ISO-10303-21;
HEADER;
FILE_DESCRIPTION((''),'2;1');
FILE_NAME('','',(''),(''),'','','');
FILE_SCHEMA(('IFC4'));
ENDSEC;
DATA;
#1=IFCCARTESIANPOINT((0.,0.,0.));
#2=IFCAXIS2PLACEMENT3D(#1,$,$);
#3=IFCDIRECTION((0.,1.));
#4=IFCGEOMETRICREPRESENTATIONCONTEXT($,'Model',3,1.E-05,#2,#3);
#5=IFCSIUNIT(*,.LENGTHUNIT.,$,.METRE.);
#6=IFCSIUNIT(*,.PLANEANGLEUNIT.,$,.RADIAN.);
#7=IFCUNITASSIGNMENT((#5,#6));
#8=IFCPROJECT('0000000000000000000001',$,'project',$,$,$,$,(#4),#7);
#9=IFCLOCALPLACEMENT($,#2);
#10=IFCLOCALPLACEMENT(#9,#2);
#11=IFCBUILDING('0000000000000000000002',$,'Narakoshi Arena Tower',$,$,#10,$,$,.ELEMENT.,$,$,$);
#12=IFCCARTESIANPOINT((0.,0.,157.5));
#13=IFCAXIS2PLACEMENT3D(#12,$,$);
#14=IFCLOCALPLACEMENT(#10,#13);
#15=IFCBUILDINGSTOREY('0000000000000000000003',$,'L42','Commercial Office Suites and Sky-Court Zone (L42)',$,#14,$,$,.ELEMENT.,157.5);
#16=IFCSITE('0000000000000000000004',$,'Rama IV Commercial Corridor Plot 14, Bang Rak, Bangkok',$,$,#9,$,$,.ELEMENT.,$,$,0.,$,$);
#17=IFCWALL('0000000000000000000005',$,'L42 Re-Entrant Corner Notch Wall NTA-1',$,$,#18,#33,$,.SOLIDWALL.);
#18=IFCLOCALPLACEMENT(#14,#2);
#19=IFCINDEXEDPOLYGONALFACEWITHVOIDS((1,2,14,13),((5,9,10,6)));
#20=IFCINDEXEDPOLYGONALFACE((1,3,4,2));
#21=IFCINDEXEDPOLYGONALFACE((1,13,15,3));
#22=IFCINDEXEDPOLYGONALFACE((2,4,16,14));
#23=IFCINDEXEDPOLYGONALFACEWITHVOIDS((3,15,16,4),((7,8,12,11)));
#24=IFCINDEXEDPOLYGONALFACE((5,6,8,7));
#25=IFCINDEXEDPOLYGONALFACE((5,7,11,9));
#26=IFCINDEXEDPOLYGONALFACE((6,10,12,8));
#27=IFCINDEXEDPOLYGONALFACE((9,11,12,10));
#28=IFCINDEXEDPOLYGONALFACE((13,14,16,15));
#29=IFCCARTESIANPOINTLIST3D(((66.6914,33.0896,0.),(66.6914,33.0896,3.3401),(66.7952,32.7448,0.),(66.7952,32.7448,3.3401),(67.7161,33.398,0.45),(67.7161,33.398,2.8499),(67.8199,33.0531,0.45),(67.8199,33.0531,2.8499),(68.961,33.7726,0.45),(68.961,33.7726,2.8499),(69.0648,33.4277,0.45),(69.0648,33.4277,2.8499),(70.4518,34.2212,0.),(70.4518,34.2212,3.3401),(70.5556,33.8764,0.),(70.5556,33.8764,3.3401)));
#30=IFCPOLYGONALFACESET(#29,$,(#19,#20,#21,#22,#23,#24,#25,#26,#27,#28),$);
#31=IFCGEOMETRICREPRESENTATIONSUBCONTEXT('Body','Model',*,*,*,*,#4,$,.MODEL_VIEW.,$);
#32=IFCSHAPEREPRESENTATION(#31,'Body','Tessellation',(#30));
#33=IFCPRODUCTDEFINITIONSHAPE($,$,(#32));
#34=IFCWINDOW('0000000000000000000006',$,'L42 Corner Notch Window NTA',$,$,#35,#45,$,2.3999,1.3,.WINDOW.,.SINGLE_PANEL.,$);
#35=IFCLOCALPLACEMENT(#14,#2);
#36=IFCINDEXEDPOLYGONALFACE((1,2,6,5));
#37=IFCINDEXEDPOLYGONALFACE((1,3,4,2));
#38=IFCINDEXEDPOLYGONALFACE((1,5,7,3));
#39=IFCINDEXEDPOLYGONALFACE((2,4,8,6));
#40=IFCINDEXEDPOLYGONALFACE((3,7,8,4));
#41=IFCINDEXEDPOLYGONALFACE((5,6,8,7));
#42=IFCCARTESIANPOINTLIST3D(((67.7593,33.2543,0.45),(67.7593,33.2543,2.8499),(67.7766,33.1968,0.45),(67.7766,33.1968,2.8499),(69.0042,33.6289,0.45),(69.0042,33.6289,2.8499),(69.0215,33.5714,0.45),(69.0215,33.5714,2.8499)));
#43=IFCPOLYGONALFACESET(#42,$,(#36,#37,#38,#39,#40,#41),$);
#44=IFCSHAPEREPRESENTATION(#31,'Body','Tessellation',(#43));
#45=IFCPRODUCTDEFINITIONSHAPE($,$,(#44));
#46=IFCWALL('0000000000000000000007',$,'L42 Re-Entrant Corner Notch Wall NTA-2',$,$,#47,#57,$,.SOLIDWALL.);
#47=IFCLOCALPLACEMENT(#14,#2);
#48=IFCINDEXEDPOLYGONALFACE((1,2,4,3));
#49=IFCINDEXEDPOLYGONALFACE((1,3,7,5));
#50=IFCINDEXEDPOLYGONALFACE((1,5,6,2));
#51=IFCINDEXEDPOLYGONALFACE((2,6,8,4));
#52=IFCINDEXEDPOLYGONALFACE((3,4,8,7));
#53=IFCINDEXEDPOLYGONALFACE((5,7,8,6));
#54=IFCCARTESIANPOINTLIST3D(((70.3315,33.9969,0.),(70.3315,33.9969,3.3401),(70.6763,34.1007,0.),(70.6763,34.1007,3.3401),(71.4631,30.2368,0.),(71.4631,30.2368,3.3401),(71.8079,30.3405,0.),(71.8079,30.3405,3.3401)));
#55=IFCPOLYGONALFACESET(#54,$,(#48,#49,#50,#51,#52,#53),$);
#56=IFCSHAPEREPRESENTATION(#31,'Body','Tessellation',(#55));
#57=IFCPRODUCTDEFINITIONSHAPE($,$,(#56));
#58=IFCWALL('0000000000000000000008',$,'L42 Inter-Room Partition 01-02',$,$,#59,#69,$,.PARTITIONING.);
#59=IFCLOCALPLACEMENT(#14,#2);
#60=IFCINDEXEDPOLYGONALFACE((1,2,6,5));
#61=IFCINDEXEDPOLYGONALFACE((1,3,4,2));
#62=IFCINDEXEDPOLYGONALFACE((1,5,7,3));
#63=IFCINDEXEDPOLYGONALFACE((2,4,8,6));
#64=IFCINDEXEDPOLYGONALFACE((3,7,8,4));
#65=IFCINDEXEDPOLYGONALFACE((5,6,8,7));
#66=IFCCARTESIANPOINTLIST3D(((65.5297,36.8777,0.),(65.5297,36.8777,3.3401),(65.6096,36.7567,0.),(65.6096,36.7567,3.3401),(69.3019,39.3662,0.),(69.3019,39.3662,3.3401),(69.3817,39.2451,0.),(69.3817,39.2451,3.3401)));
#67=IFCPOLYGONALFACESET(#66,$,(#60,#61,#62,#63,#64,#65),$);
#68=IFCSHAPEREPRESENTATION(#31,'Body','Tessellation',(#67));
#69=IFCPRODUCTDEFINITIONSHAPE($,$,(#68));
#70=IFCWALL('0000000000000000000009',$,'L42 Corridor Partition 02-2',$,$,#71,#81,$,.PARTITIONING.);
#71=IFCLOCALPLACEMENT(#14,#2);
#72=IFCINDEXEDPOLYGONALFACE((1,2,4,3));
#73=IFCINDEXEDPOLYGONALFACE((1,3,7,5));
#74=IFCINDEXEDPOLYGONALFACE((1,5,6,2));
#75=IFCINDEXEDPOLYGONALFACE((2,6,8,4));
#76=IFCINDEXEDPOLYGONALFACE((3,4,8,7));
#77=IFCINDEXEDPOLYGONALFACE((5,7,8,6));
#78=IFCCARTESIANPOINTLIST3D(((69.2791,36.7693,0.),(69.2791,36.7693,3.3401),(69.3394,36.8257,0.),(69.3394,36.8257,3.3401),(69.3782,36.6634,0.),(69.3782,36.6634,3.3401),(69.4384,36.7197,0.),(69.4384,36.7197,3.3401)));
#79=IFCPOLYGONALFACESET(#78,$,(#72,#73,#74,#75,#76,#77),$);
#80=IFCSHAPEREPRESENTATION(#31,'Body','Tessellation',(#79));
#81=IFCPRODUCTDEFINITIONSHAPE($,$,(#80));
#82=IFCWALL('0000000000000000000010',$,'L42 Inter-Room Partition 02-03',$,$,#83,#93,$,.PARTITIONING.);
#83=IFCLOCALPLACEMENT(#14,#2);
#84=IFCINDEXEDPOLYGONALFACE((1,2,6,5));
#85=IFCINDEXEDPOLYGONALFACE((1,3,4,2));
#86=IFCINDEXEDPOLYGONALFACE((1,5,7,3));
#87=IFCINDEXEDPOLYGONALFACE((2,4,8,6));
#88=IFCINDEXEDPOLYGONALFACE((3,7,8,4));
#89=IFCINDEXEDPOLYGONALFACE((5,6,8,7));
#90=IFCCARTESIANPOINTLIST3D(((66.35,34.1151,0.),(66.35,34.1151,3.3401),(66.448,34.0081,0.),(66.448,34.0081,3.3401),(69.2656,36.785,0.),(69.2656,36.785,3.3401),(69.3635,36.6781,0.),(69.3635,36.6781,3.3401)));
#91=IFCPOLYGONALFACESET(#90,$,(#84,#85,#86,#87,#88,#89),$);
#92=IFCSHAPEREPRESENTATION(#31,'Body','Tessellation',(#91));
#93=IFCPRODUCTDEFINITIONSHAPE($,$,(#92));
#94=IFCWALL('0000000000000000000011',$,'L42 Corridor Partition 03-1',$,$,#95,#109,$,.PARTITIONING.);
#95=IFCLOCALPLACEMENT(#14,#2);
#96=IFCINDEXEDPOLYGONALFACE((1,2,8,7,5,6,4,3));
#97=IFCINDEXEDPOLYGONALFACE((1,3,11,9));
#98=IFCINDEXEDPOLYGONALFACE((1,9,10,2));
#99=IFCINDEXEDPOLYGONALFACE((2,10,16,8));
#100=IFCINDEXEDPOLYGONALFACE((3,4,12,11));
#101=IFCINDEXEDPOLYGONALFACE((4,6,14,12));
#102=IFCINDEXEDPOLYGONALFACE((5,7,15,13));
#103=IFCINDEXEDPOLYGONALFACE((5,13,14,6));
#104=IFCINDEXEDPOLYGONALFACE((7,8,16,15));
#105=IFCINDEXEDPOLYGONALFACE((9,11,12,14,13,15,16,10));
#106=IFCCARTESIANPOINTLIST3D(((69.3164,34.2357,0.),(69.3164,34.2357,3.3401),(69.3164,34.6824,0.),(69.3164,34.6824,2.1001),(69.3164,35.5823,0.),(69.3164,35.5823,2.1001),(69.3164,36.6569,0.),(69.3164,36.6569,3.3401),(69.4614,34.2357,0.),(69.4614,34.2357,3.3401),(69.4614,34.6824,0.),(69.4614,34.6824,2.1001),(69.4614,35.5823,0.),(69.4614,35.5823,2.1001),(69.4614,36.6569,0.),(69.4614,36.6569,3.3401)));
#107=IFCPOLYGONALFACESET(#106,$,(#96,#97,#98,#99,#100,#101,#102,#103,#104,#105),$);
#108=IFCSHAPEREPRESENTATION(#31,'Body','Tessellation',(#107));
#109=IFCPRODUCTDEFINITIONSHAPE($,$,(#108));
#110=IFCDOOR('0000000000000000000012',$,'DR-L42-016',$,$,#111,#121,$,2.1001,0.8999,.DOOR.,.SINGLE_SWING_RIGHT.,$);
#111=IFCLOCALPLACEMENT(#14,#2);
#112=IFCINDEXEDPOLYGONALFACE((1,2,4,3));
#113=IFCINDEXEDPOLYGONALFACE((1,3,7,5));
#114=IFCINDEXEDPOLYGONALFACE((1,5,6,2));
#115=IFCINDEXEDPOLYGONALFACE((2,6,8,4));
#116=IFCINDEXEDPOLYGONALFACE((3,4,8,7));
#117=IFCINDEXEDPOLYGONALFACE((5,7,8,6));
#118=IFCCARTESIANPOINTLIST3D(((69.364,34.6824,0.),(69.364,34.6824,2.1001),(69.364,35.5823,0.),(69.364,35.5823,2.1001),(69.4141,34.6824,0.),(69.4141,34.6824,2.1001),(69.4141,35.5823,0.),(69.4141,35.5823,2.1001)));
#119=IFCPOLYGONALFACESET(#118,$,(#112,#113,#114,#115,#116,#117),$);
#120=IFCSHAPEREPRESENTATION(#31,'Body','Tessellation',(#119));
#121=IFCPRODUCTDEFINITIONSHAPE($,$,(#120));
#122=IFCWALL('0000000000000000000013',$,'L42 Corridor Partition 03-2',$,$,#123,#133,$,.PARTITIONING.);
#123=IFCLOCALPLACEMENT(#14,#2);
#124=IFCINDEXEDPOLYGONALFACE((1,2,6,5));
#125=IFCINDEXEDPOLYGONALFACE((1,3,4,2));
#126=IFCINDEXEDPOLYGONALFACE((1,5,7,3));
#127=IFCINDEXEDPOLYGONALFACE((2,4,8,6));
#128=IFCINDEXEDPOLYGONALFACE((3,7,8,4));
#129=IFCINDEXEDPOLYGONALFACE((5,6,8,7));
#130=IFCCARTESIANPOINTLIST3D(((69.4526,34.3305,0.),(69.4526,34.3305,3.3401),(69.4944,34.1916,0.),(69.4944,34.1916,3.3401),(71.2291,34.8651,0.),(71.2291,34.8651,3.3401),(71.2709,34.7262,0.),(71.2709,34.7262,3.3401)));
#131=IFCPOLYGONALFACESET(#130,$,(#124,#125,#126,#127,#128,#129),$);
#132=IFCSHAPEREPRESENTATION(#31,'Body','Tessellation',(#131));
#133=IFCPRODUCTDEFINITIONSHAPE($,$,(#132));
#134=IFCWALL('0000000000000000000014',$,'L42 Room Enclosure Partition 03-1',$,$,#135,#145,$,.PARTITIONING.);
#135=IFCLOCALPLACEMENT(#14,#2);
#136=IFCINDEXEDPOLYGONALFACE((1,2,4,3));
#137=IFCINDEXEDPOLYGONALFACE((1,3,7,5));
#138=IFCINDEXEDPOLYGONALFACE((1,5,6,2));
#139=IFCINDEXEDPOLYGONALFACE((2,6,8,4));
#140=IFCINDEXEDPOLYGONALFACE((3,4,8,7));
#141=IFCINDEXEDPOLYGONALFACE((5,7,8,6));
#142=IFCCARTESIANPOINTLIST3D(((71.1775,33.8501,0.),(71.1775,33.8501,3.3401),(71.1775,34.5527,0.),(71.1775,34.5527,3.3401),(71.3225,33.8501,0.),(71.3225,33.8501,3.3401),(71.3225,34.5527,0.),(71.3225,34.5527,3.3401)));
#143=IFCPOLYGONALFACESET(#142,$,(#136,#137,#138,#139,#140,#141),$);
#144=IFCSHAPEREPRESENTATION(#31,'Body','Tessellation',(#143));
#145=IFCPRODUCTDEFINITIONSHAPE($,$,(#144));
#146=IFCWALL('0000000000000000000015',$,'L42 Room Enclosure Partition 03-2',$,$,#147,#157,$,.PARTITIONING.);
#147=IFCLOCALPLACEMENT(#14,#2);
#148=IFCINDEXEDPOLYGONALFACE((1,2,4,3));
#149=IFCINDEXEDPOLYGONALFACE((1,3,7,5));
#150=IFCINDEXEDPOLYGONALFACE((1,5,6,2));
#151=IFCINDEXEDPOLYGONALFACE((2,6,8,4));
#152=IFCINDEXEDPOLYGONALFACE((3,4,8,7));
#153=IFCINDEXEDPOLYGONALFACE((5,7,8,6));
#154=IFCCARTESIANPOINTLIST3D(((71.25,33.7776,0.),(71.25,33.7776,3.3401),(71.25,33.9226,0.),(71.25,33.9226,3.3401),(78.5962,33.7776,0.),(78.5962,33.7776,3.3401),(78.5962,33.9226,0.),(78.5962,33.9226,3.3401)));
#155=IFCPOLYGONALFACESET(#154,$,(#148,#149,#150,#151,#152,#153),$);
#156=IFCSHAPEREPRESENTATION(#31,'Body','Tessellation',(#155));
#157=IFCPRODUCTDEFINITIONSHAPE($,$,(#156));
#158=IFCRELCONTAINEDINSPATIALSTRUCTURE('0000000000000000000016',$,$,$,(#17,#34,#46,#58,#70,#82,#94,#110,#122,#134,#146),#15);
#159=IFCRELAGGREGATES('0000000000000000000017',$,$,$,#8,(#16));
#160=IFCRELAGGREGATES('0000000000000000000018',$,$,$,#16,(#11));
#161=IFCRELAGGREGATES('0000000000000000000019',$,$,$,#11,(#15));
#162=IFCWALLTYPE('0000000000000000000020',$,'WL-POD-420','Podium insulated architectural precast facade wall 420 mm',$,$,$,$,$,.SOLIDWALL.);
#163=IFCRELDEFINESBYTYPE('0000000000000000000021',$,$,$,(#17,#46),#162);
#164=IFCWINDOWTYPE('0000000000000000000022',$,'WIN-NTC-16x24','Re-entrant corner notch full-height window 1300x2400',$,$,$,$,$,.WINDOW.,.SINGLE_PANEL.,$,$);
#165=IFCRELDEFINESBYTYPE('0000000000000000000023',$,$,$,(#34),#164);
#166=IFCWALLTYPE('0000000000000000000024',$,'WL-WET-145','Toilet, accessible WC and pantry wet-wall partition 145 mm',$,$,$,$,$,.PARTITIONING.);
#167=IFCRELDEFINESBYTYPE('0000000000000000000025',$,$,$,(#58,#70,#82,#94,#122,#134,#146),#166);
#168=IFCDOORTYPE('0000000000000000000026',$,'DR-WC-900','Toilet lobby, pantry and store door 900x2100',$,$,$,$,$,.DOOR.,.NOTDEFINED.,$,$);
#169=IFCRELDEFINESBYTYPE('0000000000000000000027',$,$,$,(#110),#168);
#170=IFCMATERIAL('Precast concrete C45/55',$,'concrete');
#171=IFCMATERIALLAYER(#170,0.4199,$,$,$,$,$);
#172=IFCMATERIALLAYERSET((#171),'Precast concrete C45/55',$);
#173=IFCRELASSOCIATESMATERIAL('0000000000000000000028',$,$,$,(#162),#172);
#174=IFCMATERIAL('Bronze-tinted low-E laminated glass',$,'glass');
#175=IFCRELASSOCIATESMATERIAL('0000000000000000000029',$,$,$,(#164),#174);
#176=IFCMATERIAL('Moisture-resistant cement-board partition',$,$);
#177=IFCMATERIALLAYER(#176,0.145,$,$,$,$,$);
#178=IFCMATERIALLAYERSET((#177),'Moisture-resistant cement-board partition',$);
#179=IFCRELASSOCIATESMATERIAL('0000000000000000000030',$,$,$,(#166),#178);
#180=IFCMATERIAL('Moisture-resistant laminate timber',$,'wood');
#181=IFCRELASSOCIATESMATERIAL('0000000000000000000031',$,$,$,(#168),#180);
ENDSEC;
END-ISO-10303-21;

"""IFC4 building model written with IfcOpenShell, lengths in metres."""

from ifc_helpers import new_model, si_unit, direction, frame, frame_2d, origin, place, context, subcontext, project, spatial, rectangle, extrude, material, layer, layer_set, type_object, element, fill, save


model = new_model("IFC4")

# Units and contexts
model_context = context("Model", 3, precision=1e-05, world=origin(), true_north=direction((0.0, 1.0)))
body_context = subcontext(model_context, "Body", "Model", "MODEL_VIEW")
ifc_project = project(units=[si_unit("LENGTHUNIT", "METRE"), si_unit("PLANEANGLEUNIT", "RADIAN")], contexts=[model_context])

# Site, building, storey
site_placement = place(None, origin())
site = spatial("IfcSite", under=ifc_project, at=site_placement, Name="Rama IV Commercial Corridor Plot 14, Bang Rak, Bangkok", CompositionType="ELEMENT", RefElevation=0.0)
building_placement = place(site_placement, origin())
building = spatial("IfcBuilding", under=site, at=building_placement, Name="Narakoshi Arena Tower", CompositionType="ELEMENT")
storey_placement = place(building_placement, frame((0.0, 0.0, 157.5)))
storey = spatial("IfcBuildingStorey", under=building, at=storey_placement, Name="L42", Description="Commercial Office Suites and Sky-Court Zone (L42)", CompositionType="ELEMENT", Elevation=157.5)

# Wall, opening, window
ifc_material_1 = material(Name="Precast concrete C45/55", Category="concrete")
ifc_layer_1 = layer(ifc_material_1, 0.4199)
ifc_layer_set_1 = layer_set([ifc_layer_1], Name="Precast concrete C45/55")
wall_type_1 = type_object("IfcWallType", Name="WL-POD-420", Description="Podium insulated architectural precast facade wall 420 mm", PredefinedType="SOLIDWALL", material=ifc_layer_set_1)
ifc_material_2 = material(Name="Bronze-tinted low-E laminated glass", Category="glass")
wall_1_placement = place(storey_placement, frame((66.7434, 32.9172, 0.0), z_axis=(0.0, 0.0, 1.0), x_axis=(0.957585, 0.288152, 0.0)))
wall_1 = element("IfcWall", 1, at=wall_1_placement, inside=storey, type_object=wall_type_1, Name="L42 Re-Entrant Corner Notch Wall NTA-1", PredefinedType="SOLIDWALL", context=body_context, shape_type="SweptSolid", body=[
    extrude(rectangle(XDim=3.927, YDim=0.3601, at=frame_2d((1.9634, 0.0))), origin(), (0.0, 0.0, 1.0), 3.3401),
])
opening_1_placement = place(wall_1_placement, frame((1.0701, 0.0, 0.45)))
opening_1 = element("IfcOpeningElement", 2, at=opening_1_placement, cuts=wall_1, PredefinedType="OPENING", context=body_context, shape_type="SweptSolid", body=[
    extrude(rectangle(XDim=1.3, YDim=2.3999, at=frame_2d((0.6499, 1.2))), frame((0.0, 0.1899, 0.0), z_axis=(0.0, -1.0, 0.0), x_axis=(1.0, 0.0, 0.0)), (0.0, 0.0, 1.0), 0.3801),
])
window_type_1 = type_object("IfcWindowType", Name="WIN-NTC-16x24", Description="Re-entrant corner notch full-height window 1300x2400", PartitioningType="SINGLE_PANEL", PredefinedType="WINDOW", material=ifc_material_2)
window_1_placement = place(opening_1_placement, origin())
window_1 = element("IfcWindow", 3, at=window_1_placement, inside=storey, type_object=window_type_1, Name="L42 Corner Notch Window NTA", OverallHeight=2.3999, OverallWidth=1.3, PartitioningType="SINGLE_PANEL", PredefinedType="WINDOW", context=body_context, shape_type="SweptSolid", body=[
    extrude(rectangle(XDim=1.3, YDim=2.3999, at=frame_2d((0.6499, 1.2))), frame((0.0, 0.03, 0.0), z_axis=(0.0, -1.0, 0.0), x_axis=(1.0, 0.0, 0.0)), (0.0, 0.0, 1.0), 0.0601),
])
fill(opening_1, window_1)

# Walls
wall_2_placement = place(storey_placement, frame((70.5039, 34.0488, 0.0), z_axis=(0.0, 0.0, 1.0), x_axis=(0.288169, -0.95758, 0.0)))
element("IfcWall", 4, at=wall_2_placement, inside=storey, type_object=wall_type_1, Name="L42 Re-Entrant Corner Notch Wall NTA-2", PredefinedType="SOLIDWALL", context=body_context, shape_type="SweptSolid", body=[
    extrude(rectangle(XDim=3.9268, YDim=0.3601, at=frame_2d((1.9634, 0.0))), origin(), (0.0, 0.0, 1.0), 3.3401),
])
ifc_material_3 = material(Name="Moisture-resistant cement-board partition")
ifc_layer_2 = layer(ifc_material_3, 0.145)
ifc_layer_set_2 = layer_set([ifc_layer_2], Name="Moisture-resistant cement-board partition")
wall_type_2 = type_object("IfcWallType", Name="WL-WET-145", Description="Toilet, accessible WC and pantry wet-wall partition 145 mm", PredefinedType="PARTITIONING", material=ifc_layer_set_2)
wall_3_placement = place(storey_placement, frame((69.3418, 39.3057, 0.0), z_axis=(0.0, 0.0, 1.0), x_axis=(-0.834725, -0.550667, 0.0)))
element("IfcWall", 5, at=wall_3_placement, inside=storey, type_object=wall_type_2, Name="L42 Inter-Room Partition 01-02", PredefinedType="PARTITIONING", context=body_context, shape_type="SweptSolid", body=[
    extrude(rectangle(XDim=4.519, YDim=0.145, at=frame_2d((2.2595, 0.0))), origin(), (0.0, 0.0, 1.0), 3.3401),
])

# Walls
wall_4_placement = place(storey_placement, frame((69.3889, 36.7727, 0.0), z_axis=(0.0, 0.0, 1.0), x_axis=(-0.730367, -0.683055, 0.0)))
element("IfcWall", 6, at=wall_4_placement, inside=storey, type_object=wall_type_2, Name="L42 Corridor Partition 02-2", PredefinedType="PARTITIONING", context=body_context, shape_type="SweptSolid", body=[
    extrude(rectangle(XDim=0.0825, YDim=0.145, at=frame_2d((0.0413, 0.0))), origin(), (0.0, 0.0, 1.0), 3.3401),
])
wall_5_placement = place(storey_placement, frame((69.3145, 36.7314, 0.0), z_axis=(0.0, 0.0, 1.0), x_axis=(-0.737487, -0.675361, 0.0)))
element("IfcWall", 7, at=wall_5_placement, inside=storey, type_object=wall_type_2, Name="L42 Inter-Room Partition 02-03", PredefinedType="PARTITIONING", context=body_context, shape_type="SweptSolid", body=[
    extrude(rectangle(XDim=3.9534, YDim=0.145, at=frame_2d((1.9766, 0.0))), origin(), (0.0, 0.0, 1.0), 3.3401),
])

# Wall, opening, door
wall_6_placement = place(storey_placement, frame((69.3889, 36.6567, 0.0), z_axis=(0.0, 0.0, 1.0), x_axis=(0.0, -1.0, 0.0)))
wall_6 = element("IfcWall", 8, at=wall_6_placement, inside=storey, type_object=wall_type_2, Name="L42 Corridor Partition 03-1", PredefinedType="PARTITIONING", context=body_context, shape_type="SweptSolid", body=[
    extrude(rectangle(XDim=2.4211, YDim=0.145, at=frame_2d((1.2104, 0.0))), origin(), (0.0, 0.0, 1.0), 3.3401),
])
opening_2_placement = place(wall_6_placement, frame((1.0745, 0.0, 0.0)))
opening_2 = element("IfcOpeningElement", 9, at=opening_2_placement, cuts=wall_6, PredefinedType="OPENING", context=body_context, shape_type="SweptSolid", body=[
    extrude(rectangle(XDim=0.8999, YDim=2.1001, at=frame_2d((0.45, 1.05))), frame((0.0, 0.0825, 0.0), z_axis=(0.0, -1.0, 0.0), x_axis=(1.0, 0.0, 0.0)), (0.0, 0.0, 1.0), 0.165),
])
ifc_material_4 = material(Name="Moisture-resistant laminate timber", Category="wood")
door_type_1 = type_object("IfcDoorType", Name="DR-WC-900", Description="Toilet lobby, pantry and store door 900x2100", OperationType="NOTDEFINED", PredefinedType="DOOR", material=ifc_material_4)
door_1_placement = place(opening_2_placement, frame((0.8999, 0.0, 0.0), z_axis=(0.0, 0.0, 1.0), x_axis=(-1.0, 0.0, 0.0)))
door_1 = element("IfcDoor", 10, at=door_1_placement, inside=storey, type_object=door_type_1, Name="DR-L42-016", OperationType="SINGLE_SWING_RIGHT", OverallHeight=2.1001, OverallWidth=0.8999, PredefinedType="DOOR", context=body_context, shape_type="SweptSolid", body=[
    extrude(rectangle(XDim=0.8999, YDim=2.1001, at=frame_2d((0.45, 1.05))), frame((0.0, 0.0249, 0.0), z_axis=(0.0, -1.0, 0.0), x_axis=(1.0, 0.0, 0.0)), (0.0, 0.0, 1.0), 0.05),
])
fill(opening_2, door_1)

# Walls
wall_7_placement = place(storey_placement, frame((69.4734, 34.261, 0.0), z_axis=(0.0, 0.0, 1.0), x_axis=(0.957576, 0.288181, 0.0)))
element("IfcWall", 11, at=wall_7_placement, inside=storey, type_object=wall_type_2, Name="L42 Corridor Partition 03-2", PredefinedType="PARTITIONING", context=body_context, shape_type="SweptSolid", body=[
    extrude(rectangle(XDim=1.8552, YDim=0.145, at=frame_2d((0.9277, 0.0))), origin(), (0.0, 0.0, 1.0), 3.3401),
])
wall_8_placement = place(storey_placement, frame((71.25, 34.5527, 0.0), z_axis=(0.0, 0.0, 1.0), x_axis=(0.0, -1.0, 0.0)))
element("IfcWall", 12, at=wall_8_placement, inside=storey, type_object=wall_type_2, Name="L42 Room Enclosure Partition 03-1", PredefinedType="PARTITIONING", context=body_context, shape_type="SweptSolid", body=[
    extrude(rectangle(XDim=0.7026, YDim=0.145, at=frame_2d((0.3513, 0.0))), origin(), (0.0, 0.0, 1.0), 3.3401),
])
wall_9_placement = place(storey_placement, frame((71.25, 33.8501, 0.0), z_axis=(0.0, 0.0, 1.0), x_axis=(1.0, 0.0, 0.0)))
element("IfcWall", 13, at=wall_9_placement, inside=storey, type_object=wall_type_2, Name="L42 Room Enclosure Partition 03-2", PredefinedType="PARTITIONING", context=body_context, shape_type="SweptSolid", body=[
    extrude(rectangle(XDim=7.3462, YDim=0.145, at=frame_2d((3.6731, 0.0))), origin(), (0.0, 0.0, 1.0), 3.3401),
])

save(model, "model.ifc")
